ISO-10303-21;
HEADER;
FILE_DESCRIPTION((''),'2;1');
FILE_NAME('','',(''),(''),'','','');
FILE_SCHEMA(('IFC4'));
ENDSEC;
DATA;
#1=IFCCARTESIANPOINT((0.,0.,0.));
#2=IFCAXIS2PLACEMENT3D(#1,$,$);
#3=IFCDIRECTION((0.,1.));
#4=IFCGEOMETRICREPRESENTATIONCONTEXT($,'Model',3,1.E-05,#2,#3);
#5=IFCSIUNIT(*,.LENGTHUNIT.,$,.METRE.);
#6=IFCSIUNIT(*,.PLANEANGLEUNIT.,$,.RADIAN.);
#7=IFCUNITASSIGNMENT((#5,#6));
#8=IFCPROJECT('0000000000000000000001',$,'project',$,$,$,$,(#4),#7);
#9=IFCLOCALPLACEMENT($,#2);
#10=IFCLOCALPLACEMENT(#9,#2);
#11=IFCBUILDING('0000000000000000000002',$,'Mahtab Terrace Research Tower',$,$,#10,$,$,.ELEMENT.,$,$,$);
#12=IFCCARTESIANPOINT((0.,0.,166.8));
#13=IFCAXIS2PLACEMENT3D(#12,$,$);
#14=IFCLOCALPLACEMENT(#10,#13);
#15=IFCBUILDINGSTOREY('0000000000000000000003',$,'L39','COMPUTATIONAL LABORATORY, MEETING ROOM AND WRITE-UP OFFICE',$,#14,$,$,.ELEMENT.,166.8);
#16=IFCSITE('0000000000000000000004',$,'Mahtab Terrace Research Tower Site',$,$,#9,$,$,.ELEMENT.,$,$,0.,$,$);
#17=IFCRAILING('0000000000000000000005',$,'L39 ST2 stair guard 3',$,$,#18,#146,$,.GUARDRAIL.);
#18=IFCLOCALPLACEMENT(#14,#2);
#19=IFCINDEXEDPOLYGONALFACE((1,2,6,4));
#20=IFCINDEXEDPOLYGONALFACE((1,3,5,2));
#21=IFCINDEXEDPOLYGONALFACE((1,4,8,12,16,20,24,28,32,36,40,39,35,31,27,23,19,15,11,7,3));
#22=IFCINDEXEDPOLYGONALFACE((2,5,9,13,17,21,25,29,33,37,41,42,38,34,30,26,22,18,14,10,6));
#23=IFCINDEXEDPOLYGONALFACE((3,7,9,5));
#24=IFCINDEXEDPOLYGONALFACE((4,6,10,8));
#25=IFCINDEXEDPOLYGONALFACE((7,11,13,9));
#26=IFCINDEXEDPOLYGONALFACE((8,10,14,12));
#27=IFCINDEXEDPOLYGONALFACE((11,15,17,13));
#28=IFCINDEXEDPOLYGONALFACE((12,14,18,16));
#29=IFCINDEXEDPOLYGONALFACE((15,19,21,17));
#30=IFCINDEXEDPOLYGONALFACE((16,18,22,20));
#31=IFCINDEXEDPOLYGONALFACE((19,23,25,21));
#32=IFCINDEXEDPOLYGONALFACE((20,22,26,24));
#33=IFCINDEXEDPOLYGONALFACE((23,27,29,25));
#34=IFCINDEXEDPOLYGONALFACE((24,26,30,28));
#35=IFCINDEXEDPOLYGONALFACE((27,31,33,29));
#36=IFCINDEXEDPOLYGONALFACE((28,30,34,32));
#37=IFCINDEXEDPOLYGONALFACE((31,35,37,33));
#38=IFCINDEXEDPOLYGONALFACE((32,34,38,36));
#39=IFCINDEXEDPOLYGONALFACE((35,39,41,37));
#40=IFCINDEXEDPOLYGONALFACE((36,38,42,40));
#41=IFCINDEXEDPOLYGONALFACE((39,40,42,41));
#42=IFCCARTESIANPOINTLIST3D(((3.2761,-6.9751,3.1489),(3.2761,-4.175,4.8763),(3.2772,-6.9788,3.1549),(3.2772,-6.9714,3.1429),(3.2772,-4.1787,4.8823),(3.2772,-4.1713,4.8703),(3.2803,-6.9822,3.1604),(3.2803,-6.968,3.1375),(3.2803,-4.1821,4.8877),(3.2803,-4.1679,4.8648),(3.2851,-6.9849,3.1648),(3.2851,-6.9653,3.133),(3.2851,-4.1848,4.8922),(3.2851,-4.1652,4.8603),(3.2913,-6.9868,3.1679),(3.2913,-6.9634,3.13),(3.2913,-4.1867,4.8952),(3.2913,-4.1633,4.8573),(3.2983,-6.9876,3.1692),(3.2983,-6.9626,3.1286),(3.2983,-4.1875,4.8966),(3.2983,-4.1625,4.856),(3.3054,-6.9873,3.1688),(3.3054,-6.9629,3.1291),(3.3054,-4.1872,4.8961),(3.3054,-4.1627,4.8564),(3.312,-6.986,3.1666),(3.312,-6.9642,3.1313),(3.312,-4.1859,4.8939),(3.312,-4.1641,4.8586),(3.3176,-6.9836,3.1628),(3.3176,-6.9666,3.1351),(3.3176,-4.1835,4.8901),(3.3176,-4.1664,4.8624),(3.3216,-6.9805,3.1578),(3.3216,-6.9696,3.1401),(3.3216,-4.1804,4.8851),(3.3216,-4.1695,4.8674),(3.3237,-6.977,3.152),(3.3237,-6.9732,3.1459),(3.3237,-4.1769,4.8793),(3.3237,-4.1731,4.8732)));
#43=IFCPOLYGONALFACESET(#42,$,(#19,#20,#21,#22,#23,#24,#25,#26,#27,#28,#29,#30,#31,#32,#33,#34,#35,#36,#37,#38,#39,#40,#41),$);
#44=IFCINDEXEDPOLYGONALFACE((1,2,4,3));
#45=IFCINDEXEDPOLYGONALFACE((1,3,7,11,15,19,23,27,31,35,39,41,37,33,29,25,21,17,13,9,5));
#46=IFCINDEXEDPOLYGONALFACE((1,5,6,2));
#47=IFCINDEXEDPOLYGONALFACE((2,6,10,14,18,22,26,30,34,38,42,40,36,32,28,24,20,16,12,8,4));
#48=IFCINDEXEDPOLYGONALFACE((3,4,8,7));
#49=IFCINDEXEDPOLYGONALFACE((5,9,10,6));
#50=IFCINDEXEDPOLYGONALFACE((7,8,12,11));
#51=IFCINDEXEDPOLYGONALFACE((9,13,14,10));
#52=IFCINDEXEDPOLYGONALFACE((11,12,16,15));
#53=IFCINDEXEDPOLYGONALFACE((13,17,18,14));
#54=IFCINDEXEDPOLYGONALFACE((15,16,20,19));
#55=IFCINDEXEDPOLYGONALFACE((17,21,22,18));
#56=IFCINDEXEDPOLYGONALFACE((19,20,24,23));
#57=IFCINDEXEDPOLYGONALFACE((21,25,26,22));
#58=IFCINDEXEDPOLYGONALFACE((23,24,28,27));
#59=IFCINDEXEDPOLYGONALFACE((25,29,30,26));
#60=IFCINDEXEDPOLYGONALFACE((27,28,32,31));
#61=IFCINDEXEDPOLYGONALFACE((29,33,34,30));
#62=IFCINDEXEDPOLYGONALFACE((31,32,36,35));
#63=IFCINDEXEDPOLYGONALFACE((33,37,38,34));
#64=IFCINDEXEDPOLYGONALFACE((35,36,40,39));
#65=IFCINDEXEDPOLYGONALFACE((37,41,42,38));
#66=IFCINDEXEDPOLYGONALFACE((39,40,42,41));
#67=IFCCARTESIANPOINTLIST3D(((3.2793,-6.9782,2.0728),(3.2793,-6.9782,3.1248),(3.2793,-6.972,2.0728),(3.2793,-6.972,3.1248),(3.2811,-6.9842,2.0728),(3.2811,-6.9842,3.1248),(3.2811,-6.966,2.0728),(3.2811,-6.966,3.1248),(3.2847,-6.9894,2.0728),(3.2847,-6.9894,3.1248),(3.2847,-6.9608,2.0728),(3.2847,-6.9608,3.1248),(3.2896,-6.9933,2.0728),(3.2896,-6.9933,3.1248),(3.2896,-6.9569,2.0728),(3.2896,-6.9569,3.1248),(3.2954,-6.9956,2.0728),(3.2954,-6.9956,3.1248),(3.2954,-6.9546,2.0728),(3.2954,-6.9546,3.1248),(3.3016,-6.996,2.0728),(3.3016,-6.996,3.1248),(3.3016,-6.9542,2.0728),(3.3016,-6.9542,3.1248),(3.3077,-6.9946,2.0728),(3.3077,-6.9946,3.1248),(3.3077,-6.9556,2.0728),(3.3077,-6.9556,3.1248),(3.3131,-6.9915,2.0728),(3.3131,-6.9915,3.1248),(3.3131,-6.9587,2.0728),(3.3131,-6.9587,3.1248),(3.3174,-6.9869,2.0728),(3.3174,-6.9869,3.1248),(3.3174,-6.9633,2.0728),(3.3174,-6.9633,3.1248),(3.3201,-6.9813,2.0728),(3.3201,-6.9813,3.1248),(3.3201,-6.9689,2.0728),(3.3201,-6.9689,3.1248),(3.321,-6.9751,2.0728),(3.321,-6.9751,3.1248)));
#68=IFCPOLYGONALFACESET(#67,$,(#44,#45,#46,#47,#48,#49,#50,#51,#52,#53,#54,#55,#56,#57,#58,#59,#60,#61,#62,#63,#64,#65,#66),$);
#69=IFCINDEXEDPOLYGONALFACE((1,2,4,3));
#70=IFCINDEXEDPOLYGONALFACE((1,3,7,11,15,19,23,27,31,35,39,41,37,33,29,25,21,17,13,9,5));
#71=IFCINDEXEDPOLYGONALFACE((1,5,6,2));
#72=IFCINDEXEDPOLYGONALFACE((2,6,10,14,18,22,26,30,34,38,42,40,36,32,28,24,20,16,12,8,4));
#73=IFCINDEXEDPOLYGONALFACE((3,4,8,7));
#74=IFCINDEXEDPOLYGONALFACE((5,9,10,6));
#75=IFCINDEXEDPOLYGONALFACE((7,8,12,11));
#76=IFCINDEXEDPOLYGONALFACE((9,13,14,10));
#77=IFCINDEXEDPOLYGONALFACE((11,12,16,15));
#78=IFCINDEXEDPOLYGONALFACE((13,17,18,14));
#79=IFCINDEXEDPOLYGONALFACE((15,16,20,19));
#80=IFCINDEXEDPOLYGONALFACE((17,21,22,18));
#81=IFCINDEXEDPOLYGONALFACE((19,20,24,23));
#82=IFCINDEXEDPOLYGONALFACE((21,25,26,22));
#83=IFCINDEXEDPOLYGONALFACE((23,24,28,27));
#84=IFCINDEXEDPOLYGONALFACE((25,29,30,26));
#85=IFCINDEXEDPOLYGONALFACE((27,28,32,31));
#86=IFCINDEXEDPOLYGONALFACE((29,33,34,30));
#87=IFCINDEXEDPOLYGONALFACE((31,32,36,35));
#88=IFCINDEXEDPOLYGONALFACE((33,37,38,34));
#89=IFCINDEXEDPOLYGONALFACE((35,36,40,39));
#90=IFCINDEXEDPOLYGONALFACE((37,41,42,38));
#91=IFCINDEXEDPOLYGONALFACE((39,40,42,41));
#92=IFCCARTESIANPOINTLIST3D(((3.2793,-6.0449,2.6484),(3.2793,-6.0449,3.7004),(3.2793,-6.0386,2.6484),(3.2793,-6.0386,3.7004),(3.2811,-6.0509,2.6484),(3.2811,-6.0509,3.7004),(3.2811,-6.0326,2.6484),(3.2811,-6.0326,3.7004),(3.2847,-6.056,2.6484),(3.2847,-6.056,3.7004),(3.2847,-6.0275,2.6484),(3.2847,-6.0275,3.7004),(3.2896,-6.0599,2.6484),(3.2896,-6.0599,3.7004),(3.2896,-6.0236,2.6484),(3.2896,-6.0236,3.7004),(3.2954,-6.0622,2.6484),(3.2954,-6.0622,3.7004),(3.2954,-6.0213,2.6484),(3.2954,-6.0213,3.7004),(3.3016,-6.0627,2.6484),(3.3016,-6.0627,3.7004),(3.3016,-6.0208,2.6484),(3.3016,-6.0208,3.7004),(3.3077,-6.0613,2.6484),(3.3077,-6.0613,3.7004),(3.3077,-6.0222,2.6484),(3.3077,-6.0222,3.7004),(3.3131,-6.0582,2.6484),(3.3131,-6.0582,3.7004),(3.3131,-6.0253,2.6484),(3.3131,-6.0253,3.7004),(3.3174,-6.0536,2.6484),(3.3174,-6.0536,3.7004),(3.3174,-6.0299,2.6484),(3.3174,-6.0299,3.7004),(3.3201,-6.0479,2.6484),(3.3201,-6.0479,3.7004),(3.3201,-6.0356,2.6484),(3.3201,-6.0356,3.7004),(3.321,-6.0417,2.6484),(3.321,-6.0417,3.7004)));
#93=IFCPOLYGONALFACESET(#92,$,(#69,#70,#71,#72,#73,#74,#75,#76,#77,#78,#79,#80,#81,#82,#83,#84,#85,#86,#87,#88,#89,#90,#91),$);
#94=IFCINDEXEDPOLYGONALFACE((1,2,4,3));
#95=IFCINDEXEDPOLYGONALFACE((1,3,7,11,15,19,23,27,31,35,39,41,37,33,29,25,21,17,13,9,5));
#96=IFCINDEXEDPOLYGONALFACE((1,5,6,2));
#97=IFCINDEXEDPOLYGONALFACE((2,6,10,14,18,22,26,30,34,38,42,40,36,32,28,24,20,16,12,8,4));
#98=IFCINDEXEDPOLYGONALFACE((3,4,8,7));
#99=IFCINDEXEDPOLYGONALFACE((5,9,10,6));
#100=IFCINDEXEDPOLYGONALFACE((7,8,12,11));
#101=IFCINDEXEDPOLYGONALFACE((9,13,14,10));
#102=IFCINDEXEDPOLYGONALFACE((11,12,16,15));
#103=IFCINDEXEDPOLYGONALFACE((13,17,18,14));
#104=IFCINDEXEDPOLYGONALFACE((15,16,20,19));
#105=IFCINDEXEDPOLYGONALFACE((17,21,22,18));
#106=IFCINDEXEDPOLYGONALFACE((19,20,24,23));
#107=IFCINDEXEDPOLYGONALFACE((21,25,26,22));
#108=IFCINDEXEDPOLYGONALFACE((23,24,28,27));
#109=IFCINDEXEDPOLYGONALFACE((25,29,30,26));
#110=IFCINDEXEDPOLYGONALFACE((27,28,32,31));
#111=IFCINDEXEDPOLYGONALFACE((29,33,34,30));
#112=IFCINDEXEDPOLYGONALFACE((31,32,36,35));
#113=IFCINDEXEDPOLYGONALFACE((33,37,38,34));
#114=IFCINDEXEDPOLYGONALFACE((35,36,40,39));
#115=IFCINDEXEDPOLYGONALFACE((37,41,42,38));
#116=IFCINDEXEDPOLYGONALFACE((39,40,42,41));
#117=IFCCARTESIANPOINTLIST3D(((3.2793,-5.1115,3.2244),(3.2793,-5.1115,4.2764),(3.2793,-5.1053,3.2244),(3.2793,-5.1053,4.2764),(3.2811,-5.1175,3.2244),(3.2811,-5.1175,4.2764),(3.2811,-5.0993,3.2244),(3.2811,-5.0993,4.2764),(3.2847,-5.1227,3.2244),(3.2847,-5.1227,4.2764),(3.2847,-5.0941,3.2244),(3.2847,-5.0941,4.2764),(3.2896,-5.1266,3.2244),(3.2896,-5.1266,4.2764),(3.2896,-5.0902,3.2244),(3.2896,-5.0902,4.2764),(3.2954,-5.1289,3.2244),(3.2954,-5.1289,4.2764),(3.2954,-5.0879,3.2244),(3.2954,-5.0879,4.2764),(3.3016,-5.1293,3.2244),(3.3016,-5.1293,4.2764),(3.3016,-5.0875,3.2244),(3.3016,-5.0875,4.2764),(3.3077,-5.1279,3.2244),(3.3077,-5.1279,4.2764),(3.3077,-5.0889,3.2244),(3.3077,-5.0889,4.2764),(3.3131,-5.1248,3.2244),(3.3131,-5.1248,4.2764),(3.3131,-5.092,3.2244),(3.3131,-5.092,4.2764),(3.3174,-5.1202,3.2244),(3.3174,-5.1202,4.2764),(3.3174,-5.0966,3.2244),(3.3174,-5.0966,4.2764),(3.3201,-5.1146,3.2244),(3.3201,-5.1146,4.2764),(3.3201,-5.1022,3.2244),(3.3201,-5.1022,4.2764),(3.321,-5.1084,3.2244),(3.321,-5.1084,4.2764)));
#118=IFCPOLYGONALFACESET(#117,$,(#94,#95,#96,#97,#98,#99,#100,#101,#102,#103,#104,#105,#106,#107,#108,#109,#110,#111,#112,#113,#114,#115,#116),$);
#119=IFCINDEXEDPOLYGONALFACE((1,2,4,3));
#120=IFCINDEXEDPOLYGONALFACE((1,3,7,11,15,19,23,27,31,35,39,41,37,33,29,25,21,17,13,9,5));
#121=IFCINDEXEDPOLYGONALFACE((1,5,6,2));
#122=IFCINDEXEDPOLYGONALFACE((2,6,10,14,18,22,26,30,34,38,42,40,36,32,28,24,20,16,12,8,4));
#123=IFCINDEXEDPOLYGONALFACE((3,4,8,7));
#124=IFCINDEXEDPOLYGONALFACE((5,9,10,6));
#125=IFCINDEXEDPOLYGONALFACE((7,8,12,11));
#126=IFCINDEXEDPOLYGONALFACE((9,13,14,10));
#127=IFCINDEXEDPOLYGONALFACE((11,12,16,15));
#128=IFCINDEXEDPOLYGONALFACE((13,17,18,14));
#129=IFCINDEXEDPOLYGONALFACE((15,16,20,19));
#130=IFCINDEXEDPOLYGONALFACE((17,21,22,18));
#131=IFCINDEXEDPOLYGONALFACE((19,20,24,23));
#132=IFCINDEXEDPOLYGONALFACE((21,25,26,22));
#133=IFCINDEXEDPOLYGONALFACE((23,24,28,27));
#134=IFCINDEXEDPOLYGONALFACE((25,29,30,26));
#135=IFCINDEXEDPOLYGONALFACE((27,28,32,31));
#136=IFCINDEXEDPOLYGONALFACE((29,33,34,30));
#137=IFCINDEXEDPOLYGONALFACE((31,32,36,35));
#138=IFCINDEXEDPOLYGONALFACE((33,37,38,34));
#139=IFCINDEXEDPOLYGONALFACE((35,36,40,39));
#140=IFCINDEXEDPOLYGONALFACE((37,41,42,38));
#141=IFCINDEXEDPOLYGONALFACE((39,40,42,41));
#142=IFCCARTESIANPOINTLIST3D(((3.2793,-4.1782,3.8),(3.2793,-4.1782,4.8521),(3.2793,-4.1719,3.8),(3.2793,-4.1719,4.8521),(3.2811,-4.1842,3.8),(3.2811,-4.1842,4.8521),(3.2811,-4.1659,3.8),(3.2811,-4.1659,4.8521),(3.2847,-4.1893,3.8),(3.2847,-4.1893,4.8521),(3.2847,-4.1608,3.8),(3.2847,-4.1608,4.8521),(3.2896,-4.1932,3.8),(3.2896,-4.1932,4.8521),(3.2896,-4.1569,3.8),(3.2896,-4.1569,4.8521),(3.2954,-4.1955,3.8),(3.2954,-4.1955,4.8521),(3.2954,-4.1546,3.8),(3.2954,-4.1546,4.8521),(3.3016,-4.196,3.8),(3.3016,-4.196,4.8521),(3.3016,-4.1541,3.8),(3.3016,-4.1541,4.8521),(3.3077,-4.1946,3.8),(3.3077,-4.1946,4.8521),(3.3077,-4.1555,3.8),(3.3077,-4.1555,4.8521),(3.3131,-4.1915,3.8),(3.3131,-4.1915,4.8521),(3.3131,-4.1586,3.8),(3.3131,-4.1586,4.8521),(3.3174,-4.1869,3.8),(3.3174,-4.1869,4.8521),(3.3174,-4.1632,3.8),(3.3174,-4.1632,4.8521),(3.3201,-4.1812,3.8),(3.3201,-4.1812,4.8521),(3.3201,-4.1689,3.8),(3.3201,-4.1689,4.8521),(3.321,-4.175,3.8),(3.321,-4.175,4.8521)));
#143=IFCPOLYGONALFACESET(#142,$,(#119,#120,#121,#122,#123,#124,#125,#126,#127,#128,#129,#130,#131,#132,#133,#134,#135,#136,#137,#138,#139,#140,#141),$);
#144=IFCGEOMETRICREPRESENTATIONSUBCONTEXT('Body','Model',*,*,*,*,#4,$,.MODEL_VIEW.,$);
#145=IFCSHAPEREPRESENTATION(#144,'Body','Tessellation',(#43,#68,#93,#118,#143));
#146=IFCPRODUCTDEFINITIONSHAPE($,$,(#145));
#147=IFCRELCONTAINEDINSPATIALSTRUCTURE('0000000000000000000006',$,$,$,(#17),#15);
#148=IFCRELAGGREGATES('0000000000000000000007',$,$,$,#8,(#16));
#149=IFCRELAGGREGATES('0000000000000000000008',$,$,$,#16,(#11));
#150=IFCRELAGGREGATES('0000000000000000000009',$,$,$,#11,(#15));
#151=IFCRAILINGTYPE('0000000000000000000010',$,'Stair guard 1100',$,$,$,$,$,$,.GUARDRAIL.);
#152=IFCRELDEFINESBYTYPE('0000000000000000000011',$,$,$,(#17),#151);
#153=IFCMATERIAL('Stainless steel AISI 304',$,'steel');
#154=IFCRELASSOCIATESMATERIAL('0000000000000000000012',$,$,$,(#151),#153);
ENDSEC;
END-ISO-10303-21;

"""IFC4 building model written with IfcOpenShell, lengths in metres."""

from ifc_helpers import new_model, si_unit, direction, frame, origin, origin_2d, place, context, subcontext, project, spatial, circle, extrude, material, type_object, element, save


model = new_model("IFC4")

# Units and contexts
model_context = context("Model", 3, precision=1e-05, world=origin(), true_north=direction((0.0, 1.0)))
body_context = subcontext(model_context, "Body", "Model", "MODEL_VIEW")
ifc_project = project(units=[si_unit("LENGTHUNIT", "METRE"), si_unit("PLANEANGLEUNIT", "RADIAN")], contexts=[model_context])

# Site, building, storey
site_placement = place(None, origin())
site = spatial("IfcSite", under=ifc_project, at=site_placement, Name="Mahtab Terrace Research Tower Site", CompositionType="ELEMENT", RefElevation=0.0)
building_placement = place(site_placement, origin())
building = spatial("IfcBuilding", under=site, at=building_placement, Name="Mahtab Terrace Research Tower", CompositionType="ELEMENT")
storey_placement = place(building_placement, frame((0.0, 0.0, 166.8)))
storey = spatial("IfcBuildingStorey", under=building, at=storey_placement, Name="L39", Description="COMPUTATIONAL LABORATORY, MEETING ROOM AND WRITE-UP OFFICE", CompositionType="ELEMENT", Elevation=166.8)

# Railing
ifc_material_1 = material(Name="Stainless steel AISI 304", Category="steel")
railing_type_1 = type_object("IfcRailingType", Name="Stair guard 1100", PredefinedType="GUARDRAIL", material=ifc_material_1)
railing_1_placement = place(storey_placement, frame((3.3, -6.9751, 2.0728)))
element("IfcRailing", 1, at=railing_1_placement, inside=storey, type_object=railing_type_1, Name="L39 ST2 stair guard 3", PredefinedType="GUARDRAIL", context=body_context, shape_type="SweptSolid", body=[
    extrude(circle(Radius=0.0239, at=origin_2d()), frame((0.0, 0.0, 1.0762), z_axis=(0.0, 0.85109, 0.52502), x_axis=(-1.0, 0.0, 0.0)), (0.0, 0.0, 1.0), 3.29),
    extrude(circle(Radius=0.021, at=origin_2d()), origin(), (0.0, 0.0, 1.0), 1.052),
    extrude(circle(Radius=0.021, at=origin_2d()), frame((0.0, 0.9333, 0.5757)), (0.0, 0.0, 1.0), 1.052),
    extrude(circle(Radius=0.021, at=origin_2d()), frame((0.0, 1.8667, 1.1516)), (0.0, 0.0, 1.0), 1.052),
    extrude(circle(Radius=0.021, at=origin_2d()), frame((0.0, 2.8, 1.7273)), (0.0, 0.0, 1.0), 1.052),
])

save(model, "model.ifc")
